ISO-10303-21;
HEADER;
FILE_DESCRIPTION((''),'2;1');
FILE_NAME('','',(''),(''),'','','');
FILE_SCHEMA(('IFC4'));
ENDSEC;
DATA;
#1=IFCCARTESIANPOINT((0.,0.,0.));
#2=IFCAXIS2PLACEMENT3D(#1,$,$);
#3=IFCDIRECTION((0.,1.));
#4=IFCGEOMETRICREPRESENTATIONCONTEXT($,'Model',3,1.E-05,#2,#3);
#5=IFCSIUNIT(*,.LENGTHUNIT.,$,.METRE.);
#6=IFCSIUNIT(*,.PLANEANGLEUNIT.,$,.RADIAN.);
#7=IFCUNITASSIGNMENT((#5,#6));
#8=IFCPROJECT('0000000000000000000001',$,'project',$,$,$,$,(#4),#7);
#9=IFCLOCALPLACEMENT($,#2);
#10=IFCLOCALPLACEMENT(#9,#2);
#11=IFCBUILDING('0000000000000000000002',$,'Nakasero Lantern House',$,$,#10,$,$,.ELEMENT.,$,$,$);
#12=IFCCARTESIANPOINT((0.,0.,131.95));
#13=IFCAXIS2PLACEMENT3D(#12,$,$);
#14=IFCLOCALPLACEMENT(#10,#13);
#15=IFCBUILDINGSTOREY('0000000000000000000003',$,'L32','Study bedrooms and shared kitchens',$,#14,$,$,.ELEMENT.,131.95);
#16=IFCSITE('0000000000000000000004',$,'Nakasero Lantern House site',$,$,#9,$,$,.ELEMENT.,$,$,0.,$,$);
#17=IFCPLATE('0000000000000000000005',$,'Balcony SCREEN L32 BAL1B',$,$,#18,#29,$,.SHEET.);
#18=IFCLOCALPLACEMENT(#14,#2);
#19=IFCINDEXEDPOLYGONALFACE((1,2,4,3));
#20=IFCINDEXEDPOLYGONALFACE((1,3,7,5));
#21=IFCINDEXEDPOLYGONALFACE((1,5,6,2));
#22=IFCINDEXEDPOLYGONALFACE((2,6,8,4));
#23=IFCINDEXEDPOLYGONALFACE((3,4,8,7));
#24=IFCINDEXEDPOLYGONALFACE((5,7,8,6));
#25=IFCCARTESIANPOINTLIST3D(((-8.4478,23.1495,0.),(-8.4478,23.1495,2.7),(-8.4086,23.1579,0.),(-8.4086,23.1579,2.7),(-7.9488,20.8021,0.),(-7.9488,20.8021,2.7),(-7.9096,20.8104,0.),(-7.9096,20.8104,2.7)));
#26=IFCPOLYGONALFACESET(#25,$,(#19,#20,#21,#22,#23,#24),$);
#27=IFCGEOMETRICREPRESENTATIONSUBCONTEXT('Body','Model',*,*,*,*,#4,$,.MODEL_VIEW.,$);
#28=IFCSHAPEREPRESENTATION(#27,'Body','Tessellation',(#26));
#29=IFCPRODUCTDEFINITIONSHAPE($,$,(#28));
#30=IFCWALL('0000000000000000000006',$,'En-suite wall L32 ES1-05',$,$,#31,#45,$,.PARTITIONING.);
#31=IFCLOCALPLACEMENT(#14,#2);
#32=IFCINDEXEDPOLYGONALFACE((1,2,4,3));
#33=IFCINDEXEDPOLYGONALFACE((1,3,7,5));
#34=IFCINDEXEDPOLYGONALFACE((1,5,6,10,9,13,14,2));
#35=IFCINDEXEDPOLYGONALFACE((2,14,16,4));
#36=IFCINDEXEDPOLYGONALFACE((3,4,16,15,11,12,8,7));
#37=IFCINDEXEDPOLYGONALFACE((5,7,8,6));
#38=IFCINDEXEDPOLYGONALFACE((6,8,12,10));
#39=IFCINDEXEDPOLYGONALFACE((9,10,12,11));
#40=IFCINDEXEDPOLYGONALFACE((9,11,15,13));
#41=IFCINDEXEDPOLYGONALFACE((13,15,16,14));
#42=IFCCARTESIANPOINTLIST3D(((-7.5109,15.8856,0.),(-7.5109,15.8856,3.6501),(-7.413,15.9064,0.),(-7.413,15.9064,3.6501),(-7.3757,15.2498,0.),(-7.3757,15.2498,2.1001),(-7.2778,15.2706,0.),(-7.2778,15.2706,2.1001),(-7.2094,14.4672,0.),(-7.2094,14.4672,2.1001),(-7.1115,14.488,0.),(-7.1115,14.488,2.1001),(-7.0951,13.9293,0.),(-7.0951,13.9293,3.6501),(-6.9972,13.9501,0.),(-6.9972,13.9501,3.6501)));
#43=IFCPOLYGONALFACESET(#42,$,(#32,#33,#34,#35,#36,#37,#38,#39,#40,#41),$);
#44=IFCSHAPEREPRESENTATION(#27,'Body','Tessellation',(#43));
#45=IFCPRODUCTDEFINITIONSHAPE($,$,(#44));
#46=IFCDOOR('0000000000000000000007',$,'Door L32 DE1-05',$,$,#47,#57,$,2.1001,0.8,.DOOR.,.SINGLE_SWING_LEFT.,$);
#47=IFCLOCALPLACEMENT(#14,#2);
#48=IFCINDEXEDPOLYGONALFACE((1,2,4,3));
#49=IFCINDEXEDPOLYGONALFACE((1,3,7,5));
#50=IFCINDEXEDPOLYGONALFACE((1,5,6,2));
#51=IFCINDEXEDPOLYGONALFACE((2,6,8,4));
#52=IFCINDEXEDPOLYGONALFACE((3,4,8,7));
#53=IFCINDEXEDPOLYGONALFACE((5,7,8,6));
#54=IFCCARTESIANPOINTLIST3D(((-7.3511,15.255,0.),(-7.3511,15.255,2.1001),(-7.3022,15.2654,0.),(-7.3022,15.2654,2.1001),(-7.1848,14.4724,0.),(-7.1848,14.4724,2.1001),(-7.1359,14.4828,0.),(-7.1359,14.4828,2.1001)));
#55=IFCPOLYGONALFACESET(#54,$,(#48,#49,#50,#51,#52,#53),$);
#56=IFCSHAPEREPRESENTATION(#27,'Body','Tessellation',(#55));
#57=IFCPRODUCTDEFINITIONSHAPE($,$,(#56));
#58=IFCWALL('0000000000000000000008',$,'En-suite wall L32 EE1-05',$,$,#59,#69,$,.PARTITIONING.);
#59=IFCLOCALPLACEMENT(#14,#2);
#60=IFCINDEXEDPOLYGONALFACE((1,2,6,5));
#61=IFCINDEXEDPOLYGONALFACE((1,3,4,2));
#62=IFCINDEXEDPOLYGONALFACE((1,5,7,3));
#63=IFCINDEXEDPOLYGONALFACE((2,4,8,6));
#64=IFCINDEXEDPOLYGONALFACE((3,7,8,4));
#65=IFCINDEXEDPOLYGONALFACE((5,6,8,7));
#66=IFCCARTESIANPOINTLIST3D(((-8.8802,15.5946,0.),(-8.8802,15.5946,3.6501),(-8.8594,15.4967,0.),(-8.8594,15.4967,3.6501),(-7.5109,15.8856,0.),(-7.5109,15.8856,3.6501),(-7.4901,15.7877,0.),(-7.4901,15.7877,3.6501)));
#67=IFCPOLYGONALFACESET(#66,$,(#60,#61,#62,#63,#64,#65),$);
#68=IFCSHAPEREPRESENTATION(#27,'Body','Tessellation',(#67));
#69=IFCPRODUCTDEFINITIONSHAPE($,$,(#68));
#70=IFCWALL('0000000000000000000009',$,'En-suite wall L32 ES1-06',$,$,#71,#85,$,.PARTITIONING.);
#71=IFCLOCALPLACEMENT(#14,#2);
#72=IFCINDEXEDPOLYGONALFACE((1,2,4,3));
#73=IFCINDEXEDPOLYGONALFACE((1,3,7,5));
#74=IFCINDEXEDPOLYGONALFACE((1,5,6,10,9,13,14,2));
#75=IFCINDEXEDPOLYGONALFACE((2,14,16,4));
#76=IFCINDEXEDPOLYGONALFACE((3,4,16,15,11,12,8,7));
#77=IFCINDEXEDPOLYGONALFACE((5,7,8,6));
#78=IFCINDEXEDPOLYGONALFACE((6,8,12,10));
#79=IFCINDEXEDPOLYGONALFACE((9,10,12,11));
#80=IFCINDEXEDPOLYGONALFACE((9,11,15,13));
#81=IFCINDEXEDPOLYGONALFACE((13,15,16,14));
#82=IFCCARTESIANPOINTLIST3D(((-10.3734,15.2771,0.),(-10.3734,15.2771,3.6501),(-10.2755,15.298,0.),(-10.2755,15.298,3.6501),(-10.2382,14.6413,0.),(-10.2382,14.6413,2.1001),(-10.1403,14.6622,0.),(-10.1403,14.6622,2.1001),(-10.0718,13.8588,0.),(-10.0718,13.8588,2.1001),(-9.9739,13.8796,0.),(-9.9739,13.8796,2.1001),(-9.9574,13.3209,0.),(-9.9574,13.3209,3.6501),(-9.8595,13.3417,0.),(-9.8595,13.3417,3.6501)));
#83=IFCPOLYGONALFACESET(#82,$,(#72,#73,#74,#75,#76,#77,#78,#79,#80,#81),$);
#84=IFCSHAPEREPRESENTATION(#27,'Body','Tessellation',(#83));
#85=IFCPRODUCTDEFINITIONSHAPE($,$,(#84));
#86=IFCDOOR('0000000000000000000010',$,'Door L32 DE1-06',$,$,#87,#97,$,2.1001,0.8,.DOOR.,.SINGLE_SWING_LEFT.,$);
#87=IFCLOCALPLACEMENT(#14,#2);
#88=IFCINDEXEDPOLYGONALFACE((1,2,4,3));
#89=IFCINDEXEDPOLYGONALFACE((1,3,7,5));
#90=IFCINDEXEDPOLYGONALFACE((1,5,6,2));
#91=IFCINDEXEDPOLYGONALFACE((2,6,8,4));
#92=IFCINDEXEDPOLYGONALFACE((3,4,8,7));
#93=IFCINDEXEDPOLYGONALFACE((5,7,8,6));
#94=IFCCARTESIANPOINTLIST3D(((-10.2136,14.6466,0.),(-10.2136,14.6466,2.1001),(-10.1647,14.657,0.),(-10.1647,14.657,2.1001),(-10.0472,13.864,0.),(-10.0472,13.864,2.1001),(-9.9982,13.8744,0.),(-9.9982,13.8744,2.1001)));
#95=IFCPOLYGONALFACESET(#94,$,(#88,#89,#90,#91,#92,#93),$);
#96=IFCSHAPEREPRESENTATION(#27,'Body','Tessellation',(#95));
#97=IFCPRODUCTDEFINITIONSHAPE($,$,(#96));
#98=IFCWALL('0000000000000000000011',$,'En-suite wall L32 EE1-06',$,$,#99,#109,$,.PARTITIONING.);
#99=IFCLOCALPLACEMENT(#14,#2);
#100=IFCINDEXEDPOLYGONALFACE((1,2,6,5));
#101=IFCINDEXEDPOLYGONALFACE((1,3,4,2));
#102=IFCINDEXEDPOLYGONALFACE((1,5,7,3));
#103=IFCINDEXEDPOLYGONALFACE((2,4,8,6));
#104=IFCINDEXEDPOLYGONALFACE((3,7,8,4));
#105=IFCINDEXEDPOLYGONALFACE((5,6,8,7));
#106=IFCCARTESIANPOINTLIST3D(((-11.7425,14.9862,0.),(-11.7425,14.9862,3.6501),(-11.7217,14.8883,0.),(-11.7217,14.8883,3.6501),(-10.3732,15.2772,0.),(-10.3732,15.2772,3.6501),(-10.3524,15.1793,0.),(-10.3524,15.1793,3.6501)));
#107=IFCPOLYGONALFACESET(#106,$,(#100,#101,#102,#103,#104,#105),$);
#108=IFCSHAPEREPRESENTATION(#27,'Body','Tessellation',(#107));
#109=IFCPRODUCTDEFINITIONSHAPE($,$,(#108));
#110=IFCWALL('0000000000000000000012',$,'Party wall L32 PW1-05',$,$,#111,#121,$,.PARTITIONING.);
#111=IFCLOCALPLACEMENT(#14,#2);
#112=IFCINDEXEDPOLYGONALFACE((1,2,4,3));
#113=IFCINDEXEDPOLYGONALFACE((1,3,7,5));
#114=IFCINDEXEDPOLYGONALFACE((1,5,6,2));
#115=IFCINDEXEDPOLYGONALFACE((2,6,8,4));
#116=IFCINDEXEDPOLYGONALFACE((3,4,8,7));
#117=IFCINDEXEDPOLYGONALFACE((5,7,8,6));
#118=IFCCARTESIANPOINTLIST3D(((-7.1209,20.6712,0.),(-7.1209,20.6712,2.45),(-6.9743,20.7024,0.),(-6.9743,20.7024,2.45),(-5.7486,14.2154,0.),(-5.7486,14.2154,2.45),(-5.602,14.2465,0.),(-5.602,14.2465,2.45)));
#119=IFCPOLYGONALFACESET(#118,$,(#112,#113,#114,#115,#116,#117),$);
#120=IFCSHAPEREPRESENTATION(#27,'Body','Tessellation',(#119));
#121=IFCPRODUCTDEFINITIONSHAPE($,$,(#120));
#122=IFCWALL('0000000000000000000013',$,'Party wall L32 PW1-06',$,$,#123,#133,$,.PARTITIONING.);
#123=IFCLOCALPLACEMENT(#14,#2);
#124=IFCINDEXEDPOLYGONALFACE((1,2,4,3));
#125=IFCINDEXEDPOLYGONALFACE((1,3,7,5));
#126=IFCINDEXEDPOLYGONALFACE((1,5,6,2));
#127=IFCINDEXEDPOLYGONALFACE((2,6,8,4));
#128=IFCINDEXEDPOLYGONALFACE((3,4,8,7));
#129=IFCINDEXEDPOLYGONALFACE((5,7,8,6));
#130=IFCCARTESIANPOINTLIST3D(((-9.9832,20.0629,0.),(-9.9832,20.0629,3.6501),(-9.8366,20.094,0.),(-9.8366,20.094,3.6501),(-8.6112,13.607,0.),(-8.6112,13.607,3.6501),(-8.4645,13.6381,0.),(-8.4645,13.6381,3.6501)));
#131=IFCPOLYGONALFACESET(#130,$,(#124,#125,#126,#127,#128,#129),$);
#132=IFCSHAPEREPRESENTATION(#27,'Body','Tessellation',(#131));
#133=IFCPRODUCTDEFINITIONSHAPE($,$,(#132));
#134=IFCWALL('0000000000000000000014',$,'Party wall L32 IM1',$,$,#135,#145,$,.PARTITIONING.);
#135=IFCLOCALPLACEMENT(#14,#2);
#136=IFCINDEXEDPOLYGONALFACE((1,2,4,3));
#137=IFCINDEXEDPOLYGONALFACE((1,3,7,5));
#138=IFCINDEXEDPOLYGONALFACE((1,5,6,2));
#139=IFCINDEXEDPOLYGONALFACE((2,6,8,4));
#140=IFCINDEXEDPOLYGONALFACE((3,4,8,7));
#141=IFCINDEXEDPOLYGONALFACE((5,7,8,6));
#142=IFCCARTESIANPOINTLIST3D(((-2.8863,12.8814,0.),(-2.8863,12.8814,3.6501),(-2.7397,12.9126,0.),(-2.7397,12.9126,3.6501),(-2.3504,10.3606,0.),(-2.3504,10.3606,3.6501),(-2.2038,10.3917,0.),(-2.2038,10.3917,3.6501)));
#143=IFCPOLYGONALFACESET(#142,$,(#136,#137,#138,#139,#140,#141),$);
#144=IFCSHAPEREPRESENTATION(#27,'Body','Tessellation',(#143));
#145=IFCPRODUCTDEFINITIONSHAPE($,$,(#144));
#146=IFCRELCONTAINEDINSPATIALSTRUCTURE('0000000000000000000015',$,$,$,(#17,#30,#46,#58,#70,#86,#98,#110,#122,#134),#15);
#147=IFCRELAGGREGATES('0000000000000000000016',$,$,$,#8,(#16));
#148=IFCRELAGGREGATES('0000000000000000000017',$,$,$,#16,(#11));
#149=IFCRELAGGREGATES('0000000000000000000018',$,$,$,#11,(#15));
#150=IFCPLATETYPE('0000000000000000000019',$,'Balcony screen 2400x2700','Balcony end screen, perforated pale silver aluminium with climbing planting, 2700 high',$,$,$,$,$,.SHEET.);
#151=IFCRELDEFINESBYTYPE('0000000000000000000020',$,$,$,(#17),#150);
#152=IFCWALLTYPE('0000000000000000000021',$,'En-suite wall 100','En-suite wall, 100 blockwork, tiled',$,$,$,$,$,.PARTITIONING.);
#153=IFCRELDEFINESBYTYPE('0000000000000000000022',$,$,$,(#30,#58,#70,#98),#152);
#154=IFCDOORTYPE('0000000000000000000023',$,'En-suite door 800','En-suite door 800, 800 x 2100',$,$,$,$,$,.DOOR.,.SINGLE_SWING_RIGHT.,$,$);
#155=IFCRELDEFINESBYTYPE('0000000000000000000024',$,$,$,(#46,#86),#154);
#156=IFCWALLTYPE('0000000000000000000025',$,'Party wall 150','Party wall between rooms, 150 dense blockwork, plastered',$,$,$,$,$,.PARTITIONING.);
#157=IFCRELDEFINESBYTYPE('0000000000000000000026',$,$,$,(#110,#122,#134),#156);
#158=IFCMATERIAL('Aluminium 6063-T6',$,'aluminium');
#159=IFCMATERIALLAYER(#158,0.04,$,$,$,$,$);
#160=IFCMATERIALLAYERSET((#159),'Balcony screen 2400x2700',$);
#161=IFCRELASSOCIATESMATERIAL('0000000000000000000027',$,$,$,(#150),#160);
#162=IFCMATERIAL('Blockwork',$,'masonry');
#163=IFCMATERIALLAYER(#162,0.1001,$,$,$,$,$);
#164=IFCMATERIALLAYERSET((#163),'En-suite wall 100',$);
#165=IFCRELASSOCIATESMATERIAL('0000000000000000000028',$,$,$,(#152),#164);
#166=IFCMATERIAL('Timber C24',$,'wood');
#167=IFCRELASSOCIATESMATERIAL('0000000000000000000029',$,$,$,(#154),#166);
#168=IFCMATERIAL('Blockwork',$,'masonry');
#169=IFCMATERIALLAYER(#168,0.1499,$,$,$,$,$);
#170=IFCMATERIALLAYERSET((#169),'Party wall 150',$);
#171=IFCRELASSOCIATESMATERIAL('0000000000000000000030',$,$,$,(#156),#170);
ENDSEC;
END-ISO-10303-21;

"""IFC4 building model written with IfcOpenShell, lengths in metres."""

from ifc_helpers import new_model, si_unit, direction, frame, frame_2d, origin, origin_2d, place, context, subcontext, project, spatial, rectangle, extrude, material, layer, layer_set, type_object, element, fill, save


model = new_model("IFC4")

# Units and contexts
model_context = context("Model", 3, precision=1e-05, world=origin(), true_north=direction((0.0, 1.0)))
body_context = subcontext(model_context, "Body", "Model", "MODEL_VIEW")
ifc_project = project(units=[si_unit("LENGTHUNIT", "METRE"), si_unit("PLANEANGLEUNIT", "RADIAN")], contexts=[model_context])

# Site, building, storey
site_placement = place(None, origin())
site = spatial("IfcSite", under=ifc_project, at=site_placement, Name="Nakasero Lantern House site", CompositionType="ELEMENT", RefElevation=0.0)
building_placement = place(site_placement, origin())
building = spatial("IfcBuilding", under=site, at=building_placement, Name="Nakasero Lantern House", CompositionType="ELEMENT")
storey_placement = place(building_placement, frame((0.0, 0.0, 131.95)))
storey = spatial("IfcBuildingStorey", under=building, at=storey_placement, Name="L32", Description="Study bedrooms and shared kitchens", CompositionType="ELEMENT", Elevation=131.95)

# Plate
ifc_material_1 = material(Name="Aluminium 6063-T6", Category="aluminium")
ifc_layer_1 = layer(ifc_material_1, 0.04)
ifc_layer_set_1 = layer_set([ifc_layer_1], Name="Balcony screen 2400x2700")
plate_type_1 = type_object("IfcPlateType", Name="Balcony screen 2400x2700", Description="Balcony end screen, perforated pale silver aluminium with climbing planting, 2700 high", PredefinedType="SHEET", material=ifc_layer_set_1)
for number, where, z_axis, x_axis, name in (
    (1, (-8.1787, 21.98, 0.0), (0.0, 0.0, 1.0), (-0.207912, 0.978148, 0.0), "Balcony SCREEN L32 BAL1B"),
):
    element("IfcPlate", number, at=place(storey_placement, frame(where, z_axis=z_axis, x_axis=x_axis)), inside=storey, type_object=plate_type_1, Name=name, PredefinedType="SHEET", context=body_context, shape_type="SweptSolid", body=[
        extrude(rectangle(XDim=2.3999, YDim=0.04, at=origin_2d()), origin(), (0.0, 0.0, 1.0), 2.7),
    ])

# Wall, opening, door
ifc_material_2 = material(Name="Blockwork", Category="masonry")
ifc_layer_2 = layer(ifc_material_2, 0.1001)
ifc_layer_set_2 = layer_set([ifc_layer_2], Name="En-suite wall 100")
wall_type_1 = type_object("IfcWallType", Name="En-suite wall 100", Description="En-suite wall, 100 blockwork, tiled", PredefinedType="PARTITIONING", material=ifc_layer_set_2)
wall_1_placement = place(storey_placement, frame((-7.0461, 13.9397, 0.0), z_axis=(0.0, 0.0, 1.0), x_axis=(-0.207886, 0.978153, 0.0)))
wall_1 = element("IfcWall", 2, at=wall_1_placement, inside=storey, type_object=wall_type_1, Name="En-suite wall L32 ES1-05", PredefinedType="PARTITIONING", context=body_context, shape_type="SweptSolid", body=[
    extrude(rectangle(XDim=2.0, YDim=0.1001, at=frame_2d((1.0, 0.0))), origin(), (0.0, 0.0, 1.0), 3.6501),
])
opening_1_placement = place(wall_1_placement, frame((0.55, 0.0, 0.0)))
opening_1 = element("IfcOpeningElement", 3, at=opening_1_placement, cuts=wall_1, PredefinedType="OPENING", context=body_context, shape_type="SweptSolid", body=[
    extrude(rectangle(XDim=0.8, YDim=2.1001, at=frame_2d((0.3999, 1.05))), frame((0.0, 0.0701, 0.0), z_axis=(0.0, -1.0, 0.0), x_axis=(1.0, 0.0, 0.0)), (0.0, 0.0, 1.0), 0.1401),
])
ifc_material_3 = material(Name="Timber C24", Category="wood")
door_type = type_object("IfcDoorType", Name="En-suite door 800", Description="En-suite door 800, 800 x 2100", OperationType="SINGLE_SWING_RIGHT", PredefinedType="DOOR", material=ifc_material_3)
door_1_placement = place(opening_1_placement, origin())
door_1 = element("IfcDoor", 4, at=door_1_placement, inside=storey, type_object=door_type, Name="Door L32 DE1-05", OperationType="SINGLE_SWING_LEFT", OverallHeight=2.1001, OverallWidth=0.8, PredefinedType="DOOR", context=body_context, shape_type="SweptSolid", body=[
    extrude(rectangle(XDim=0.8, YDim=2.1001, at=frame_2d((0.3999, 1.05))), frame((0.0, 0.0249, 0.0), z_axis=(0.0, -1.0, 0.0), x_axis=(1.0, 0.0, 0.0)), (0.0, 0.0, 1.0), 0.05),
])
fill(opening_1, door_1)

# Wall
wall_2_placement = place(storey_placement, frame((-7.5005, 15.8367, 0.0), z_axis=(0.0, 0.0, 1.0), x_axis=(-0.978156, -0.207873, 0.0)))
element("IfcWall", 5, at=wall_2_placement, inside=storey, type_object=wall_type_1, Name="En-suite wall L32 EE1-05", PredefinedType="PARTITIONING", context=body_context, shape_type="SweptSolid", body=[
    extrude(rectangle(XDim=1.3999, YDim=0.1001, at=frame_2d((0.7, 0.0))), origin(), (0.0, 0.0, 1.0), 3.6501),
])

# Wall, opening, door
wall_3_placement = place(storey_placement, frame((-9.9084, 13.3313, 0.0), z_axis=(0.0, 0.0, 1.0), x_axis=(-0.208003, 0.978128, 0.0)))
wall_3 = element("IfcWall", 6, at=wall_3_placement, inside=storey, type_object=wall_type_1, Name="En-suite wall L32 ES1-06", PredefinedType="PARTITIONING", context=body_context, shape_type="SweptSolid", body=[
    extrude(rectangle(XDim=2.0, YDim=0.1001, at=frame_2d((1.0, 0.0))), origin(), (0.0, 0.0, 1.0), 3.6501),
])
opening_2_placement = place(wall_3_placement, frame((0.55, 0.0, 0.0)))
opening_2 = element("IfcOpeningElement", 7, at=opening_2_placement, cuts=wall_3, PredefinedType="OPENING", context=body_context, shape_type="SweptSolid", body=[
    extrude(rectangle(XDim=0.8, YDim=2.1001, at=frame_2d((0.3999, 1.05))), frame((0.0, 0.0701, 0.0), z_axis=(0.0, -1.0, 0.0), x_axis=(1.0, 0.0, 0.0)), (0.0, 0.0, 1.0), 0.1401),
])
door_2_placement = place(opening_2_placement, origin())
door_2 = element("IfcDoor", 8, at=door_2_placement, inside=storey, type_object=door_type, Name="Door L32 DE1-06", OperationType="SINGLE_SWING_LEFT", OverallHeight=2.1001, OverallWidth=0.8, PredefinedType="DOOR", context=body_context, shape_type="SweptSolid", body=[
    extrude(rectangle(XDim=0.8, YDim=2.1001, at=frame_2d((0.3999, 1.05))), frame((0.0, 0.0249, 0.0), z_axis=(0.0, -1.0, 0.0), x_axis=(1.0, 0.0, 0.0)), (0.0, 0.0, 1.0), 0.05),
])
fill(opening_2, door_2)

# Walls
wall_4_placement = place(storey_placement, frame((-10.3628, 15.2283, 0.0), z_axis=(0.0, 0.0, 1.0), x_axis=(-0.978156, -0.207873, 0.0)))
element("IfcWall", 9, at=wall_4_placement, inside=storey, type_object=wall_type_1, Name="En-suite wall L32 EE1-06", PredefinedType="PARTITIONING", context=body_context, shape_type="SweptSolid", body=[
    extrude(rectangle(XDim=1.3999, YDim=0.1001, at=frame_2d((0.7, 0.0))), origin(), (0.0, 0.0, 1.0), 3.6501),
])
ifc_material_4 = material(Name="Blockwork", Category="masonry")
ifc_layer_3 = layer(ifc_material_4, 0.1499)
ifc_layer_set_3 = layer_set([ifc_layer_3], Name="Party wall 150")
wall_type_2 = type_object("IfcWallType", Name="Party wall 150", Description="Party wall between rooms, 150 dense blockwork, plastered", PredefinedType="PARTITIONING", material=ifc_layer_set_3)
wall_5_placement = place(storey_placement, frame((-5.6753, 14.231, 0.0), z_axis=(0.0, 0.0, 1.0), x_axis=(-0.207925, 0.978145, 0.0)))
element("IfcWall", 10, at=wall_5_placement, inside=storey, type_object=wall_type_2, Name="Party wall L32 PW1-05", PredefinedType="PARTITIONING", context=body_context, shape_type="SweptSolid", body=[
    extrude(rectangle(XDim=6.6001, YDim=0.1499, at=frame_2d((3.3, 0.0))), origin(), (0.0, 0.0, 1.0), 2.45),
])
wall_6_placement = place(storey_placement, frame((-8.5378, 13.6226, 0.0), z_axis=(0.0, 0.0, 1.0), x_axis=(-0.207889, 0.978152, 0.0)))
element("IfcWall", 11, at=wall_6_placement, inside=storey, type_object=wall_type_2, Name="Party wall L32 PW1-06", PredefinedType="PARTITIONING", context=body_context, shape_type="SweptSolid", body=[
    extrude(rectangle(XDim=6.6001, YDim=0.1499, at=frame_2d((3.3, 0.0))), origin(), (0.0, 0.0, 1.0), 3.6501),
])
wall_7_placement = place(storey_placement, frame((-2.813, 12.897, 0.0), z_axis=(0.0, 0.0, 1.0), x_axis=(0.207944, -0.978141, 0.0)))
element("IfcWall", 12, at=wall_7_placement, inside=storey, type_object=wall_type_2, Name="Party wall L32 IM1", PredefinedType="PARTITIONING", context=body_context, shape_type="SweptSolid", body=[
    extrude(rectangle(XDim=2.5771, YDim=0.1499, at=frame_2d((1.2886, 0.0))), origin(), (0.0, 0.0, 1.0), 3.6501),
])

save(model, "model.ifc")
